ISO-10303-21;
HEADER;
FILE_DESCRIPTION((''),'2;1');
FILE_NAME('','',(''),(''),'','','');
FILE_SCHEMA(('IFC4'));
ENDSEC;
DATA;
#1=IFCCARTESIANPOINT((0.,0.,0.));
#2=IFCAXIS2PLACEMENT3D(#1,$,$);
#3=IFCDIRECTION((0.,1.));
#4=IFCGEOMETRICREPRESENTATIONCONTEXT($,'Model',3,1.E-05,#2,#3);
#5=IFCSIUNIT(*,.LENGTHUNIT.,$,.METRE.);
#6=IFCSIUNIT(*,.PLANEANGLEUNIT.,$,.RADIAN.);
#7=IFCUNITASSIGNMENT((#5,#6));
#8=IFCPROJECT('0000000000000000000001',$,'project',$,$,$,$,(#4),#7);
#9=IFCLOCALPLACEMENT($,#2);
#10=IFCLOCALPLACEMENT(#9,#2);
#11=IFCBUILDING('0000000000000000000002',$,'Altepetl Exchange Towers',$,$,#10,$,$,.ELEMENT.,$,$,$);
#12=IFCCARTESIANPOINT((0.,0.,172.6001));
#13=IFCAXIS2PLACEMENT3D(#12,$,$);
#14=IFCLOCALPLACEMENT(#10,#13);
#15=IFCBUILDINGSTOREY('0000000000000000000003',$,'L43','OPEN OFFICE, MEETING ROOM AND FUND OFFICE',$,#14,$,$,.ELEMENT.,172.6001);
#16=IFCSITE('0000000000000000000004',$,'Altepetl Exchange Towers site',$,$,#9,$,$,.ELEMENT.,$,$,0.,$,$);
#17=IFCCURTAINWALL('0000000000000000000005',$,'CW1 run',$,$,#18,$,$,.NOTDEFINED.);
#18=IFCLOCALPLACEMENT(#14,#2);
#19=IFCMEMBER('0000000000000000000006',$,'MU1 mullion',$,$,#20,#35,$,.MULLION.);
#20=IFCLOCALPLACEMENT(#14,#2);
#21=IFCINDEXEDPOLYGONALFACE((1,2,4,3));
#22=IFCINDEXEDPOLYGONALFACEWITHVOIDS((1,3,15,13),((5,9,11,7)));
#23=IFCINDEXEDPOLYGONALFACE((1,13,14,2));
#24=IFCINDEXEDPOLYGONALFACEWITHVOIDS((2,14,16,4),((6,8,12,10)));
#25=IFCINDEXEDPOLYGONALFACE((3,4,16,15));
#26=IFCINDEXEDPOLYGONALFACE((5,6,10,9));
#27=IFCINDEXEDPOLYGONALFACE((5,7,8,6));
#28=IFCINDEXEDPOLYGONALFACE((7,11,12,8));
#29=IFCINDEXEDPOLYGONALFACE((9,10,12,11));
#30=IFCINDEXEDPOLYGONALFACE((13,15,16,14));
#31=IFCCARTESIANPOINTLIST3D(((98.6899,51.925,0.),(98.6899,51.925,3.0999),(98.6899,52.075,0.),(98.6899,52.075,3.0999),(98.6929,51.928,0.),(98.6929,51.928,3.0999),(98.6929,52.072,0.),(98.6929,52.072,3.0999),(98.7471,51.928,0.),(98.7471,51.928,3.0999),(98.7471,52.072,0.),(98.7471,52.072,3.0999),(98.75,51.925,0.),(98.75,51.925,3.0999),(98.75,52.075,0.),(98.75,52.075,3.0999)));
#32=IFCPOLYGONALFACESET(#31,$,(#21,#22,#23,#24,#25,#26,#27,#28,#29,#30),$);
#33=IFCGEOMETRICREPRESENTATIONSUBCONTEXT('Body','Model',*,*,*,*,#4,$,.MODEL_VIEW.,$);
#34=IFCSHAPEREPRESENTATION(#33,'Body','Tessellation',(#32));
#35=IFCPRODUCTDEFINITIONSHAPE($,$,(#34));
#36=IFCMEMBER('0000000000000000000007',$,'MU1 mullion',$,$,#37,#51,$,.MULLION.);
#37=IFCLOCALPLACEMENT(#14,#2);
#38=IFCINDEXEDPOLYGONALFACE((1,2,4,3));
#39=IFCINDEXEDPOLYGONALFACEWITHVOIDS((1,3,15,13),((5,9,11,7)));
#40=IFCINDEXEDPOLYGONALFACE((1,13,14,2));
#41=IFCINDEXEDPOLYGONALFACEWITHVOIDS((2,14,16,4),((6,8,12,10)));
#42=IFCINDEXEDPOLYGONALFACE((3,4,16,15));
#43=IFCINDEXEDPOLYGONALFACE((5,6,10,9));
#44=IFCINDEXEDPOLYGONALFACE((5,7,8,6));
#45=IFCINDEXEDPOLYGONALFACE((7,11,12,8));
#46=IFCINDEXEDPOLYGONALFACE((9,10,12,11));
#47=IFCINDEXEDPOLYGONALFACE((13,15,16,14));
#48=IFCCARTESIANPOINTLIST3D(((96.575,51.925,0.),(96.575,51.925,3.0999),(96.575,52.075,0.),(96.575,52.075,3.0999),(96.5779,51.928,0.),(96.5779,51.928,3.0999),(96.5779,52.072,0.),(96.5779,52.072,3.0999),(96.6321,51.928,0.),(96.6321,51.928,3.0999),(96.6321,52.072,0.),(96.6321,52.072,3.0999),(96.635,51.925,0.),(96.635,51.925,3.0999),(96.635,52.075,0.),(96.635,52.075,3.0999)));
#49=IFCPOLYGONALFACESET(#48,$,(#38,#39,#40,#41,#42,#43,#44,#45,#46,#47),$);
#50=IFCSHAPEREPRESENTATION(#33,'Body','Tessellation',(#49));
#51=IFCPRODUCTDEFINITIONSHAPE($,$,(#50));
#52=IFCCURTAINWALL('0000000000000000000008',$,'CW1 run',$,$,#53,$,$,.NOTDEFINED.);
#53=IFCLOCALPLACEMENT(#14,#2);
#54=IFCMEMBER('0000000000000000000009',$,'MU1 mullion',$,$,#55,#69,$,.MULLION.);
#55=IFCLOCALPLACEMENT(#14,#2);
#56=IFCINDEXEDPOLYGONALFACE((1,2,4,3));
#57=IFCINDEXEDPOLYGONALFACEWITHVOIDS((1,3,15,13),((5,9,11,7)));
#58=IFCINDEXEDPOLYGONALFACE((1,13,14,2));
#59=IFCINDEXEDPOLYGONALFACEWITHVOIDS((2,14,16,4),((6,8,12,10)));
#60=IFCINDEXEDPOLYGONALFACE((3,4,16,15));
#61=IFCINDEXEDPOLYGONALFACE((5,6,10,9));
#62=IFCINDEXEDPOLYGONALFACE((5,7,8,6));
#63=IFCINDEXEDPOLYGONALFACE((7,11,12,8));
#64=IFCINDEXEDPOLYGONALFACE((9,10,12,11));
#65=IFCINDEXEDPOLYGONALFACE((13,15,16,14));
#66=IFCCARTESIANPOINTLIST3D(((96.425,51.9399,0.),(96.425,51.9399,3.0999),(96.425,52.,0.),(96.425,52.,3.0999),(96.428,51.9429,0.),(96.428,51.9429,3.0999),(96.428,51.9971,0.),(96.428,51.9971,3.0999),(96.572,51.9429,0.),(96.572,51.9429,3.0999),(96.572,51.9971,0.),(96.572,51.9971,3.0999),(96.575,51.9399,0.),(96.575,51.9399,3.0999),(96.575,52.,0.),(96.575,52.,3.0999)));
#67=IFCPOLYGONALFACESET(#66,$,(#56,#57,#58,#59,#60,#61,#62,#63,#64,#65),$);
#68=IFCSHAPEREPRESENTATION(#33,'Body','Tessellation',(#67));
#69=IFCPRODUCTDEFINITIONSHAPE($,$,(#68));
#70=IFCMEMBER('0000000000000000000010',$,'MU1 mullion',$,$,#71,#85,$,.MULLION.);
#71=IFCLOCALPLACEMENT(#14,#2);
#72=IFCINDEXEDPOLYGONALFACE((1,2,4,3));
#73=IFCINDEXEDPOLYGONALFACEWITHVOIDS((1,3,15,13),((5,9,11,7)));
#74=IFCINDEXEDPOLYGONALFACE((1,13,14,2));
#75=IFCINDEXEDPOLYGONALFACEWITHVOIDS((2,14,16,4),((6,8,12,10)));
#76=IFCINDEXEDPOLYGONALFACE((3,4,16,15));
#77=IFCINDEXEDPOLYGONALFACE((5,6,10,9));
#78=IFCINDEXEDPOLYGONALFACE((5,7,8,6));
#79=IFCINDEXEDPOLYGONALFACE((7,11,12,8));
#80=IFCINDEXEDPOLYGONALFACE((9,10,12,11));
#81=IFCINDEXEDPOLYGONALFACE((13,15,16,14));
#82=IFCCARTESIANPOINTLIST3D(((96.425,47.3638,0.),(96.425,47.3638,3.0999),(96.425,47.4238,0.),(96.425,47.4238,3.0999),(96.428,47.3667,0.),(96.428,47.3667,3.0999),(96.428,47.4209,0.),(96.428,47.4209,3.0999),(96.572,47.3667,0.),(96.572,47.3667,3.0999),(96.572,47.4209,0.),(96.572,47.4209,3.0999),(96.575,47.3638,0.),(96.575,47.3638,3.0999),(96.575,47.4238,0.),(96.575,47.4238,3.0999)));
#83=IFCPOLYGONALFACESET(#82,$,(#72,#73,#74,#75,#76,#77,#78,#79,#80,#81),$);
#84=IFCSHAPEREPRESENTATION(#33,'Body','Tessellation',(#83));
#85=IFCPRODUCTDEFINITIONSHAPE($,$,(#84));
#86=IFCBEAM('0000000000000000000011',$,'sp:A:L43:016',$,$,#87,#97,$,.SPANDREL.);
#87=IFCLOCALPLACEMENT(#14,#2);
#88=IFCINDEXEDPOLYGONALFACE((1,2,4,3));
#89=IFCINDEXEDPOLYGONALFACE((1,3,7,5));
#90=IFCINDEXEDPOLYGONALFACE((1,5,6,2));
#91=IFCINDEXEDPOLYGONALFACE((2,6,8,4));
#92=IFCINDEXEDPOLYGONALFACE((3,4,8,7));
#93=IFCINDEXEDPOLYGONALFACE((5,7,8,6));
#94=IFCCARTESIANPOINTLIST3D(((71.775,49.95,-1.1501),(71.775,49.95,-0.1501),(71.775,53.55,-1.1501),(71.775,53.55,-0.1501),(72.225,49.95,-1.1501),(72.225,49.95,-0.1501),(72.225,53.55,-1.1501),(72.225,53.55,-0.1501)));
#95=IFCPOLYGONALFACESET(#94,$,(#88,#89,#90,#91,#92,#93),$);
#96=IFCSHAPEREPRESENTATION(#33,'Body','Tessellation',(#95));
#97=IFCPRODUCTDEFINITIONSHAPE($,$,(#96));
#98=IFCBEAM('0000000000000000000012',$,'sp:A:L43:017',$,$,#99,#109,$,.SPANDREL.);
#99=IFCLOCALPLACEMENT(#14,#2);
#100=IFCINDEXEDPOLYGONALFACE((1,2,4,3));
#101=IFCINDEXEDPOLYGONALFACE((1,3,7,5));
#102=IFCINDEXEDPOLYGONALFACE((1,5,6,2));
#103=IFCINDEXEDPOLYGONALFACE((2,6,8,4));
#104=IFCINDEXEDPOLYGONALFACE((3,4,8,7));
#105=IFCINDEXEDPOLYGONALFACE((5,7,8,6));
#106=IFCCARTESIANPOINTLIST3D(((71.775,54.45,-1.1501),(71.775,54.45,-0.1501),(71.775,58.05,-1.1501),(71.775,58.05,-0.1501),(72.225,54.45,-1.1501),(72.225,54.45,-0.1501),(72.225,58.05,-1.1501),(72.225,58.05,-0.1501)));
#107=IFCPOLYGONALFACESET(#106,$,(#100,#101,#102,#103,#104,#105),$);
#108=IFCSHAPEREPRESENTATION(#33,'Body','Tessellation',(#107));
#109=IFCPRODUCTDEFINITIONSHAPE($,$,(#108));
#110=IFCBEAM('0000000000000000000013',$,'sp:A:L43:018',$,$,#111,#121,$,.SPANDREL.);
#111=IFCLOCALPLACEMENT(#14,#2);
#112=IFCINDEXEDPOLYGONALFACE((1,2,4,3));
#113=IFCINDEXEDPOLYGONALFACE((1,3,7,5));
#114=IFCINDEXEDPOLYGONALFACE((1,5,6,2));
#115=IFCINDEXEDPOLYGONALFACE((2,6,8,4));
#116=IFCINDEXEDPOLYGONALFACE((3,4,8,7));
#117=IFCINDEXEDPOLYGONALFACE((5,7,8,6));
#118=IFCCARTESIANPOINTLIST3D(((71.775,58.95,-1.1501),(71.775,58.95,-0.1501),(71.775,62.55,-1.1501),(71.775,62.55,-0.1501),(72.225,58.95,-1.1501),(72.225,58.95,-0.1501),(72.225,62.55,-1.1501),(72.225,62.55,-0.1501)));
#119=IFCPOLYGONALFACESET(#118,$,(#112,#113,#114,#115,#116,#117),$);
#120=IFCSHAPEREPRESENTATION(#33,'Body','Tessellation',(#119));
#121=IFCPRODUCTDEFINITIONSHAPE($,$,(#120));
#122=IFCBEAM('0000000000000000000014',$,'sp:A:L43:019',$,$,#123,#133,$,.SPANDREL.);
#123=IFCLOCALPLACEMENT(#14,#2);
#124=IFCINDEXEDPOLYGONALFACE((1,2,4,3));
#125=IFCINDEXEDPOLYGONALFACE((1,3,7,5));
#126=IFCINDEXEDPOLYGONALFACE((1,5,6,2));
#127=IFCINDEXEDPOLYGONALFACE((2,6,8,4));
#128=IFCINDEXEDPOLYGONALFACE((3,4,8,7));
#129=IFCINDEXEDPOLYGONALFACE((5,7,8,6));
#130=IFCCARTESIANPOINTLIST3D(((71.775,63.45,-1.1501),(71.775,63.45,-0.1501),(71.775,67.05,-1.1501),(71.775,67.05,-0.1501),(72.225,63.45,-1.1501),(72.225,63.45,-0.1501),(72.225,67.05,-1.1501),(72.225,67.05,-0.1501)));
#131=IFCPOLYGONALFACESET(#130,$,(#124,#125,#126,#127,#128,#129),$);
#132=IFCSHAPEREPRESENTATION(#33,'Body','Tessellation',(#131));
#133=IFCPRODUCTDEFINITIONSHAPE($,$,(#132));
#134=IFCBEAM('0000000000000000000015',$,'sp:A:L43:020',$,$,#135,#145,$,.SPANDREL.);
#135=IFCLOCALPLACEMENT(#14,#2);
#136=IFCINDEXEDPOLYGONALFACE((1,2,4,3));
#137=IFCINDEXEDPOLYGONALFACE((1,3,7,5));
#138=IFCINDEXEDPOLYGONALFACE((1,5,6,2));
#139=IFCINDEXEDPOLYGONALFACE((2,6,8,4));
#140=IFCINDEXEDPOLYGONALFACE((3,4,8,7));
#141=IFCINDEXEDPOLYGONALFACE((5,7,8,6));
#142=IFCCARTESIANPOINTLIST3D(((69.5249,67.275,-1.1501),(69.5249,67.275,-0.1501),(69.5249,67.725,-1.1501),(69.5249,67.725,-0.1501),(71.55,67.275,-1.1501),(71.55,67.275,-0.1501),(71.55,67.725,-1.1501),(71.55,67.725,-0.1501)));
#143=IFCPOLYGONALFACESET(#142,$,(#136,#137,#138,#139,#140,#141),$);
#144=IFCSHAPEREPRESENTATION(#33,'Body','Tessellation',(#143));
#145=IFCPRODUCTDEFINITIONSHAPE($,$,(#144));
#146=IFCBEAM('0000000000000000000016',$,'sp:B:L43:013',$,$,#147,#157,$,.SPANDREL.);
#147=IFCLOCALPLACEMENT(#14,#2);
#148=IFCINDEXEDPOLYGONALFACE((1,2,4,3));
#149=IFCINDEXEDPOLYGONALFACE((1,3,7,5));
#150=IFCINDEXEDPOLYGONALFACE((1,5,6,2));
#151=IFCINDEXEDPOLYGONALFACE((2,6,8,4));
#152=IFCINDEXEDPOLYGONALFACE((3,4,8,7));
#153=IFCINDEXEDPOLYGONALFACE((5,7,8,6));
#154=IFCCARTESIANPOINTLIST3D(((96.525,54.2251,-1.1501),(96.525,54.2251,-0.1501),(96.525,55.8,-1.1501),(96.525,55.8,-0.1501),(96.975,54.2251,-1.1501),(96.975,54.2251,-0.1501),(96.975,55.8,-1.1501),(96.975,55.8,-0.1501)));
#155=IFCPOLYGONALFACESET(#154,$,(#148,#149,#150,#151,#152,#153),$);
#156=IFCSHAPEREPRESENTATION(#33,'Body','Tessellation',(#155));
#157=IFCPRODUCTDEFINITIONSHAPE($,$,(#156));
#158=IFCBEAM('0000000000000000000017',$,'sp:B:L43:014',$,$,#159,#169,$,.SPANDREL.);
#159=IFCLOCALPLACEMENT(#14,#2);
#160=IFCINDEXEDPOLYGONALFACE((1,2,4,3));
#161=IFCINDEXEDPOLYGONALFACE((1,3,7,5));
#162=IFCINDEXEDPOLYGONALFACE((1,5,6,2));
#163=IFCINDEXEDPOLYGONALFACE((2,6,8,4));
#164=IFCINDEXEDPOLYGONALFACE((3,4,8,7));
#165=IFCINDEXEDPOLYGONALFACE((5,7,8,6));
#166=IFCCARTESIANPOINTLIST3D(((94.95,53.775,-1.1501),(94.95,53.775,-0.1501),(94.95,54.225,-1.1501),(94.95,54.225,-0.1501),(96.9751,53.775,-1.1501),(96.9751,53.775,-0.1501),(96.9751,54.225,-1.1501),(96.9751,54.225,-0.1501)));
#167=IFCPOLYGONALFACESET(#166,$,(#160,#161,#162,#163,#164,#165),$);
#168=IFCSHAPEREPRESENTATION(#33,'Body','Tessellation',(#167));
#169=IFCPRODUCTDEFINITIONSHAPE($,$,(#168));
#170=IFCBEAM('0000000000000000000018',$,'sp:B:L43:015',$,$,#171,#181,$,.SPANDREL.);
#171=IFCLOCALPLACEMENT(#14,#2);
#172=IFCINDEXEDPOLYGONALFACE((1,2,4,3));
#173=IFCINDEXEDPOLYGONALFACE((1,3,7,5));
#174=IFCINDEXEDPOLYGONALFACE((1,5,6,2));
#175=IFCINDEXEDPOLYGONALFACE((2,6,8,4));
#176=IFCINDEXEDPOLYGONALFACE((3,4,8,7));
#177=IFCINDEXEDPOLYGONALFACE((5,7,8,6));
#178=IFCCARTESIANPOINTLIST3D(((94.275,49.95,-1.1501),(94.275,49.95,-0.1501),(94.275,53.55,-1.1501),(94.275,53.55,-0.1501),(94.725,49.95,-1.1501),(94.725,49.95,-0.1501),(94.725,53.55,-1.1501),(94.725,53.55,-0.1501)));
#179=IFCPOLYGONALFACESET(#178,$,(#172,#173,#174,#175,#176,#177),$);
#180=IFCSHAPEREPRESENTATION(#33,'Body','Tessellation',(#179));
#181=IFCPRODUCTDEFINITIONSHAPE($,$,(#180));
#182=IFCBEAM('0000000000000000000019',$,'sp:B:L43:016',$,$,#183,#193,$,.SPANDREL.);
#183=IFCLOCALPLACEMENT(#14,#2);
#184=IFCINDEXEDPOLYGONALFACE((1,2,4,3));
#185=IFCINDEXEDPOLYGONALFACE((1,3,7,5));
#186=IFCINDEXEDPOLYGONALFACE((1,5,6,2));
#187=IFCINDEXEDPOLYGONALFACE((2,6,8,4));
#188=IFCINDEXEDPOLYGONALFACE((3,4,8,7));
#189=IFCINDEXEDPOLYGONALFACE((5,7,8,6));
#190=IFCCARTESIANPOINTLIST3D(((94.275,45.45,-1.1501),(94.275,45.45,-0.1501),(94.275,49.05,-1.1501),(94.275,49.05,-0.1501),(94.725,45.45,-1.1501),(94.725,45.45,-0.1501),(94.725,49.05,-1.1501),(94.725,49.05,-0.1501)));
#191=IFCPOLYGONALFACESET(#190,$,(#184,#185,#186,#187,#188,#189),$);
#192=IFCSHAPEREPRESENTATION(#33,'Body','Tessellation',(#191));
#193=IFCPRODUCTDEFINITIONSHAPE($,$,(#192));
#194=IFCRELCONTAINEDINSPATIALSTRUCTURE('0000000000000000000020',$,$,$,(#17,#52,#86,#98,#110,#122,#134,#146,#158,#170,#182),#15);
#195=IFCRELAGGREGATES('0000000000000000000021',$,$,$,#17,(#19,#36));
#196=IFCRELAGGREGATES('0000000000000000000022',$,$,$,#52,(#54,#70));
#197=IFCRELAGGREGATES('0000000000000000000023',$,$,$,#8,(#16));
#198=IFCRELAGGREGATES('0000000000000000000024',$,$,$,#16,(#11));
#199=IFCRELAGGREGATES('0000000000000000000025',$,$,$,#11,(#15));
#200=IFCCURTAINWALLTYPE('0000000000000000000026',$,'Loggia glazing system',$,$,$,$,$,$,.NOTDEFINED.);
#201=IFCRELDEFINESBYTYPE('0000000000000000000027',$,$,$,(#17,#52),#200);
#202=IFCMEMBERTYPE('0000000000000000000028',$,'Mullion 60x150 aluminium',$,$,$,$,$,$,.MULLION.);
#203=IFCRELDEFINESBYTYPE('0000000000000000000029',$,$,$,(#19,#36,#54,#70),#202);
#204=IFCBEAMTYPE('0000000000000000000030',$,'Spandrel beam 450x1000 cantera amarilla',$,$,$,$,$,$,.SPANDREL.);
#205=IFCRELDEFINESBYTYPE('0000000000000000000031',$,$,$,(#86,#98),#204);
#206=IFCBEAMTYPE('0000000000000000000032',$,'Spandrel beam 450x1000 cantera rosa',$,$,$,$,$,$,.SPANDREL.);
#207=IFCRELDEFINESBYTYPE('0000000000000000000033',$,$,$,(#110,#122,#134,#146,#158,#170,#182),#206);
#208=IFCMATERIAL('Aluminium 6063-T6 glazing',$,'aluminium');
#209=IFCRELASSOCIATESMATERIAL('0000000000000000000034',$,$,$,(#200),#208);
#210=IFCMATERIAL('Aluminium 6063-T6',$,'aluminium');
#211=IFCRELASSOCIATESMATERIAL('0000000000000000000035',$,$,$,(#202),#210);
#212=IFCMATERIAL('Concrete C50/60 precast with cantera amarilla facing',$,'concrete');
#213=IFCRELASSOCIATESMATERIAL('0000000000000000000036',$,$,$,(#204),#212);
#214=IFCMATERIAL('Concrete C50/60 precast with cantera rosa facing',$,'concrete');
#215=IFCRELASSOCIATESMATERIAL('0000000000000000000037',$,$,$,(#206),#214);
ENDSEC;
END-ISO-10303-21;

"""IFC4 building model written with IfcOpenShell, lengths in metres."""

from ifc_helpers import new_model, si_unit, direction, frame, origin, origin_2d, place, context, subcontext, project, spatial, rectangle, hollow_rectangle, extrude, material, material_profile, profile_set, type_object, element, aggregate, save


model = new_model("IFC4")

# Units and contexts
model_context = context("Model", 3, precision=1e-05, world=origin(), true_north=direction((0.0, 1.0)))
body_context = subcontext(model_context, "Body", "Model", "MODEL_VIEW")
ifc_project = project(units=[si_unit("LENGTHUNIT", "METRE"), si_unit("PLANEANGLEUNIT", "RADIAN")], contexts=[model_context])

# Site, building, storey
site_placement = place(None, origin())
site = spatial("IfcSite", under=ifc_project, at=site_placement, Name="Altepetl Exchange Towers site", CompositionType="ELEMENT", RefElevation=0.0)
building_placement = place(site_placement, origin())
building = spatial("IfcBuilding", under=site, at=building_placement, Name="Altepetl Exchange Towers", CompositionType="ELEMENT")
storey_placement = place(building_placement, frame((0.0, 0.0, 172.6001)))
storey = spatial("IfcBuildingStorey", under=building, at=storey_placement, Name="L43", Description="OPEN OFFICE, MEETING ROOM AND FUND OFFICE", CompositionType="ELEMENT", Elevation=172.6001)

# Shared definitions
ifc_material_1 = material(Name="Aluminium 6063-T6 glazing", Category="aluminium")
curtain_wall_type = type_object("IfcCurtainWallType", Name="Loggia glazing system", PredefinedType="NOTDEFINED", material=ifc_material_1)
ifc_material_2 = material(Name="Aluminium 6063-T6", Category="aluminium")
ifc_material_profile_1 = material_profile(ifc_material_2, hollow_rectangle(XDim=0.0601, YDim=0.1499, WallThickness=0.0029, at=origin_2d()), Name="Mullion 60x150 aluminium")
ifc_profile_set_1 = profile_set([ifc_material_profile_1], Name="Aluminium 6063-T6")
member_type = type_object("IfcMemberType", Name="Mullion 60x150 aluminium", PredefinedType="MULLION", material=ifc_profile_set_1)

# Curtain walls, members
curtain_wall_1_placement = place(storey_placement, origin())
curtain_wall_1 = element("IfcCurtainWall", 1, at=curtain_wall_1_placement, inside=storey, type_object=curtain_wall_type, Name="CW1 run", PredefinedType="NOTDEFINED")
member_1_placement = place(storey_placement, frame((98.72, 52.0, 0.0), z_axis=(0.0, 0.0, 1.0), x_axis=(-1.0, 0.0, 0.0)))
member_1 = element("IfcMember", 2, at=member_1_placement, type_object=member_type, Name="MU1 mullion", PredefinedType="MULLION", context=body_context, shape_type="SweptSolid", body=[
    extrude(hollow_rectangle(XDim=0.0601, YDim=0.1499, WallThickness=0.0029, at=origin_2d()), origin(), (0.0, 0.0, 1.0), 3.0999),
])
member_2_placement = place(storey_placement, frame((96.605, 52.0, 0.0), z_axis=(0.0, 0.0, 1.0), x_axis=(-1.0, 0.0, 0.0)))
member_2 = element("IfcMember", 3, at=member_2_placement, type_object=member_type, Name="MU1 mullion", PredefinedType="MULLION", context=body_context, shape_type="SweptSolid", body=[
    extrude(hollow_rectangle(XDim=0.0601, YDim=0.1499, WallThickness=0.0029, at=origin_2d()), origin(), (0.0, 0.0, 1.0), 3.0999),
])
curtain_wall_2_placement = place(storey_placement, origin())
curtain_wall_2 = element("IfcCurtainWall", 4, at=curtain_wall_2_placement, inside=storey, type_object=curtain_wall_type, Name="CW1 run", PredefinedType="NOTDEFINED")
member_3_placement = place(storey_placement, frame((96.5, 51.97, 0.0), z_axis=(0.0, 0.0, 1.0), x_axis=(0.0, -1.0, 0.0)))
member_3 = element("IfcMember", 5, at=member_3_placement, type_object=member_type, Name="MU1 mullion", PredefinedType="MULLION", context=body_context, shape_type="SweptSolid", body=[
    extrude(hollow_rectangle(XDim=0.0601, YDim=0.1499, WallThickness=0.0029, at=origin_2d()), origin(), (0.0, 0.0, 1.0), 3.0999),
])
member_4_placement = place(storey_placement, frame((96.5, 47.3938, 0.0), z_axis=(0.0, 0.0, 1.0), x_axis=(0.0, -1.0, 0.0)))
member_4 = element("IfcMember", 6, at=member_4_placement, type_object=member_type, Name="MU1 mullion", PredefinedType="MULLION", context=body_context, shape_type="SweptSolid", body=[
    extrude(hollow_rectangle(XDim=0.0601, YDim=0.1499, WallThickness=0.0029, at=origin_2d()), origin(), (0.0, 0.0, 1.0), 3.0999),
])

# Beams
ifc_material_3 = material(Name="Concrete C50/60 precast with cantera amarilla facing", Category="concrete")
ifc_material_profile_2 = material_profile(ifc_material_3, rectangle(XDim=0.45, YDim=1.0, at=origin_2d()), Name="450 x 1000")
ifc_profile_set_2 = profile_set([ifc_material_profile_2], Name="Concrete C50/60 precast with cantera amarilla facing")
beam_type_1 = type_object("IfcBeamType", Name="Spandrel beam 450x1000 cantera amarilla", PredefinedType="SPANDREL", material=ifc_profile_set_2)
for number, where, z_axis, x_axis, name in (
    (7, (72.0, 49.95, -0.6501), (0.0, 1.0, 0.0), (-1.0, 0.0, 0.0), "sp:A:L43:016"),
    (8, (72.0, 54.45, -0.6501), (0.0, 1.0, 0.0), (-1.0, 0.0, 0.0), "sp:A:L43:017"),
):
    element("IfcBeam", number, at=place(storey_placement, frame(where, z_axis=z_axis, x_axis=x_axis)), inside=storey, type_object=beam_type_1, Name=name, PredefinedType="SPANDREL", context=body_context, shape_type="SweptSolid", body=[
        extrude(rectangle(XDim=0.45, YDim=1.0, at=origin_2d()), origin(), (0.0, 0.0, 1.0), 3.6001),
    ])
ifc_material_4 = material(Name="Concrete C50/60 precast with cantera rosa facing", Category="concrete")
ifc_material_profile_3 = material_profile(ifc_material_4, rectangle(XDim=0.45, YDim=1.0, at=origin_2d()), Name="450 x 1000")
ifc_profile_set_3 = profile_set([ifc_material_profile_3], Name="Concrete C50/60 precast with cantera rosa facing")
beam_type_2 = type_object("IfcBeamType", Name="Spandrel beam 450x1000 cantera rosa", PredefinedType="SPANDREL", material=ifc_profile_set_3)
for number, where, z_axis, x_axis, name in (
    (9, (72.0, 58.95, -0.6501), (0.0, 1.0, 0.0), (-1.0, 0.0, 0.0), "sp:A:L43:018"),
    (10, (72.0, 63.45, -0.6501), (0.0, 1.0, 0.0), (-1.0, 0.0, 0.0), "sp:A:L43:019"),
):
    element("IfcBeam", number, at=place(storey_placement, frame(where, z_axis=z_axis, x_axis=x_axis)), inside=storey, type_object=beam_type_2, Name=name, PredefinedType="SPANDREL", context=body_context, shape_type="SweptSolid", body=[
        extrude(rectangle(XDim=0.45, YDim=1.0, at=origin_2d()), origin(), (0.0, 0.0, 1.0), 3.6001),
    ])
beam_1_placement = place(storey_placement, frame((71.55, 67.5, -0.6501), z_axis=(-1.0, 0.0, 0.0), x_axis=(0.0, -1.0, 0.0)))
element("IfcBeam", 11, at=beam_1_placement, inside=storey, type_object=beam_type_2, Name="sp:A:L43:020", PredefinedType="SPANDREL", context=body_context, shape_type="SweptSolid", body=[
    extrude(rectangle(XDim=0.45, YDim=1.0, at=origin_2d()), origin(), (0.0, 0.0, 1.0), 2.0251),
])
beam_2_placement = place(storey_placement, frame((96.75, 55.8, -0.6501), z_axis=(0.0, -1.0, 0.0), x_axis=(1.0, 0.0, 0.0)))
element("IfcBeam", 12, at=beam_2_placement, inside=storey, type_object=beam_type_2, Name="sp:B:L43:013", PredefinedType="SPANDREL", context=body_context, shape_type="SweptSolid", body=[
    extrude(rectangle(XDim=0.45, YDim=1.0, at=origin_2d()), origin(), (0.0, 0.0, 1.0), 1.575),
])
beam_3_placement = place(storey_placement, frame((96.9751, 54.0, -0.6501), z_axis=(-1.0, 0.0, 0.0), x_axis=(0.0, -1.0, 0.0)))
element("IfcBeam", 13, at=beam_3_placement, inside=storey, type_object=beam_type_2, Name="sp:B:L43:014", PredefinedType="SPANDREL", context=body_context, shape_type="SweptSolid", body=[
    extrude(rectangle(XDim=0.45, YDim=1.0, at=origin_2d()), origin(), (0.0, 0.0, 1.0), 2.0251),
])
for number, where, z_axis, x_axis, name in (
    (14, (94.5, 53.55, -0.6501), (0.0, -1.0, 0.0), (1.0, 0.0, 0.0), "sp:B:L43:015"),
    (15, (94.5, 49.05, -0.6501), (0.0, -1.0, 0.0), (1.0, 0.0, 0.0), "sp:B:L43:016"),
):
    element("IfcBeam", number, at=place(storey_placement, frame(where, z_axis=z_axis, x_axis=x_axis)), inside=storey, type_object=beam_type_2, Name=name, PredefinedType="SPANDREL", context=body_context, shape_type="SweptSolid", body=[
        extrude(rectangle(XDim=0.45, YDim=1.0, at=origin_2d()), origin(), (0.0, 0.0, 1.0), 3.6001),
    ])

aggregate(curtain_wall_1, [member_1, member_2])
aggregate(curtain_wall_2, [member_3, member_4])

save(model, "model.ifc")
